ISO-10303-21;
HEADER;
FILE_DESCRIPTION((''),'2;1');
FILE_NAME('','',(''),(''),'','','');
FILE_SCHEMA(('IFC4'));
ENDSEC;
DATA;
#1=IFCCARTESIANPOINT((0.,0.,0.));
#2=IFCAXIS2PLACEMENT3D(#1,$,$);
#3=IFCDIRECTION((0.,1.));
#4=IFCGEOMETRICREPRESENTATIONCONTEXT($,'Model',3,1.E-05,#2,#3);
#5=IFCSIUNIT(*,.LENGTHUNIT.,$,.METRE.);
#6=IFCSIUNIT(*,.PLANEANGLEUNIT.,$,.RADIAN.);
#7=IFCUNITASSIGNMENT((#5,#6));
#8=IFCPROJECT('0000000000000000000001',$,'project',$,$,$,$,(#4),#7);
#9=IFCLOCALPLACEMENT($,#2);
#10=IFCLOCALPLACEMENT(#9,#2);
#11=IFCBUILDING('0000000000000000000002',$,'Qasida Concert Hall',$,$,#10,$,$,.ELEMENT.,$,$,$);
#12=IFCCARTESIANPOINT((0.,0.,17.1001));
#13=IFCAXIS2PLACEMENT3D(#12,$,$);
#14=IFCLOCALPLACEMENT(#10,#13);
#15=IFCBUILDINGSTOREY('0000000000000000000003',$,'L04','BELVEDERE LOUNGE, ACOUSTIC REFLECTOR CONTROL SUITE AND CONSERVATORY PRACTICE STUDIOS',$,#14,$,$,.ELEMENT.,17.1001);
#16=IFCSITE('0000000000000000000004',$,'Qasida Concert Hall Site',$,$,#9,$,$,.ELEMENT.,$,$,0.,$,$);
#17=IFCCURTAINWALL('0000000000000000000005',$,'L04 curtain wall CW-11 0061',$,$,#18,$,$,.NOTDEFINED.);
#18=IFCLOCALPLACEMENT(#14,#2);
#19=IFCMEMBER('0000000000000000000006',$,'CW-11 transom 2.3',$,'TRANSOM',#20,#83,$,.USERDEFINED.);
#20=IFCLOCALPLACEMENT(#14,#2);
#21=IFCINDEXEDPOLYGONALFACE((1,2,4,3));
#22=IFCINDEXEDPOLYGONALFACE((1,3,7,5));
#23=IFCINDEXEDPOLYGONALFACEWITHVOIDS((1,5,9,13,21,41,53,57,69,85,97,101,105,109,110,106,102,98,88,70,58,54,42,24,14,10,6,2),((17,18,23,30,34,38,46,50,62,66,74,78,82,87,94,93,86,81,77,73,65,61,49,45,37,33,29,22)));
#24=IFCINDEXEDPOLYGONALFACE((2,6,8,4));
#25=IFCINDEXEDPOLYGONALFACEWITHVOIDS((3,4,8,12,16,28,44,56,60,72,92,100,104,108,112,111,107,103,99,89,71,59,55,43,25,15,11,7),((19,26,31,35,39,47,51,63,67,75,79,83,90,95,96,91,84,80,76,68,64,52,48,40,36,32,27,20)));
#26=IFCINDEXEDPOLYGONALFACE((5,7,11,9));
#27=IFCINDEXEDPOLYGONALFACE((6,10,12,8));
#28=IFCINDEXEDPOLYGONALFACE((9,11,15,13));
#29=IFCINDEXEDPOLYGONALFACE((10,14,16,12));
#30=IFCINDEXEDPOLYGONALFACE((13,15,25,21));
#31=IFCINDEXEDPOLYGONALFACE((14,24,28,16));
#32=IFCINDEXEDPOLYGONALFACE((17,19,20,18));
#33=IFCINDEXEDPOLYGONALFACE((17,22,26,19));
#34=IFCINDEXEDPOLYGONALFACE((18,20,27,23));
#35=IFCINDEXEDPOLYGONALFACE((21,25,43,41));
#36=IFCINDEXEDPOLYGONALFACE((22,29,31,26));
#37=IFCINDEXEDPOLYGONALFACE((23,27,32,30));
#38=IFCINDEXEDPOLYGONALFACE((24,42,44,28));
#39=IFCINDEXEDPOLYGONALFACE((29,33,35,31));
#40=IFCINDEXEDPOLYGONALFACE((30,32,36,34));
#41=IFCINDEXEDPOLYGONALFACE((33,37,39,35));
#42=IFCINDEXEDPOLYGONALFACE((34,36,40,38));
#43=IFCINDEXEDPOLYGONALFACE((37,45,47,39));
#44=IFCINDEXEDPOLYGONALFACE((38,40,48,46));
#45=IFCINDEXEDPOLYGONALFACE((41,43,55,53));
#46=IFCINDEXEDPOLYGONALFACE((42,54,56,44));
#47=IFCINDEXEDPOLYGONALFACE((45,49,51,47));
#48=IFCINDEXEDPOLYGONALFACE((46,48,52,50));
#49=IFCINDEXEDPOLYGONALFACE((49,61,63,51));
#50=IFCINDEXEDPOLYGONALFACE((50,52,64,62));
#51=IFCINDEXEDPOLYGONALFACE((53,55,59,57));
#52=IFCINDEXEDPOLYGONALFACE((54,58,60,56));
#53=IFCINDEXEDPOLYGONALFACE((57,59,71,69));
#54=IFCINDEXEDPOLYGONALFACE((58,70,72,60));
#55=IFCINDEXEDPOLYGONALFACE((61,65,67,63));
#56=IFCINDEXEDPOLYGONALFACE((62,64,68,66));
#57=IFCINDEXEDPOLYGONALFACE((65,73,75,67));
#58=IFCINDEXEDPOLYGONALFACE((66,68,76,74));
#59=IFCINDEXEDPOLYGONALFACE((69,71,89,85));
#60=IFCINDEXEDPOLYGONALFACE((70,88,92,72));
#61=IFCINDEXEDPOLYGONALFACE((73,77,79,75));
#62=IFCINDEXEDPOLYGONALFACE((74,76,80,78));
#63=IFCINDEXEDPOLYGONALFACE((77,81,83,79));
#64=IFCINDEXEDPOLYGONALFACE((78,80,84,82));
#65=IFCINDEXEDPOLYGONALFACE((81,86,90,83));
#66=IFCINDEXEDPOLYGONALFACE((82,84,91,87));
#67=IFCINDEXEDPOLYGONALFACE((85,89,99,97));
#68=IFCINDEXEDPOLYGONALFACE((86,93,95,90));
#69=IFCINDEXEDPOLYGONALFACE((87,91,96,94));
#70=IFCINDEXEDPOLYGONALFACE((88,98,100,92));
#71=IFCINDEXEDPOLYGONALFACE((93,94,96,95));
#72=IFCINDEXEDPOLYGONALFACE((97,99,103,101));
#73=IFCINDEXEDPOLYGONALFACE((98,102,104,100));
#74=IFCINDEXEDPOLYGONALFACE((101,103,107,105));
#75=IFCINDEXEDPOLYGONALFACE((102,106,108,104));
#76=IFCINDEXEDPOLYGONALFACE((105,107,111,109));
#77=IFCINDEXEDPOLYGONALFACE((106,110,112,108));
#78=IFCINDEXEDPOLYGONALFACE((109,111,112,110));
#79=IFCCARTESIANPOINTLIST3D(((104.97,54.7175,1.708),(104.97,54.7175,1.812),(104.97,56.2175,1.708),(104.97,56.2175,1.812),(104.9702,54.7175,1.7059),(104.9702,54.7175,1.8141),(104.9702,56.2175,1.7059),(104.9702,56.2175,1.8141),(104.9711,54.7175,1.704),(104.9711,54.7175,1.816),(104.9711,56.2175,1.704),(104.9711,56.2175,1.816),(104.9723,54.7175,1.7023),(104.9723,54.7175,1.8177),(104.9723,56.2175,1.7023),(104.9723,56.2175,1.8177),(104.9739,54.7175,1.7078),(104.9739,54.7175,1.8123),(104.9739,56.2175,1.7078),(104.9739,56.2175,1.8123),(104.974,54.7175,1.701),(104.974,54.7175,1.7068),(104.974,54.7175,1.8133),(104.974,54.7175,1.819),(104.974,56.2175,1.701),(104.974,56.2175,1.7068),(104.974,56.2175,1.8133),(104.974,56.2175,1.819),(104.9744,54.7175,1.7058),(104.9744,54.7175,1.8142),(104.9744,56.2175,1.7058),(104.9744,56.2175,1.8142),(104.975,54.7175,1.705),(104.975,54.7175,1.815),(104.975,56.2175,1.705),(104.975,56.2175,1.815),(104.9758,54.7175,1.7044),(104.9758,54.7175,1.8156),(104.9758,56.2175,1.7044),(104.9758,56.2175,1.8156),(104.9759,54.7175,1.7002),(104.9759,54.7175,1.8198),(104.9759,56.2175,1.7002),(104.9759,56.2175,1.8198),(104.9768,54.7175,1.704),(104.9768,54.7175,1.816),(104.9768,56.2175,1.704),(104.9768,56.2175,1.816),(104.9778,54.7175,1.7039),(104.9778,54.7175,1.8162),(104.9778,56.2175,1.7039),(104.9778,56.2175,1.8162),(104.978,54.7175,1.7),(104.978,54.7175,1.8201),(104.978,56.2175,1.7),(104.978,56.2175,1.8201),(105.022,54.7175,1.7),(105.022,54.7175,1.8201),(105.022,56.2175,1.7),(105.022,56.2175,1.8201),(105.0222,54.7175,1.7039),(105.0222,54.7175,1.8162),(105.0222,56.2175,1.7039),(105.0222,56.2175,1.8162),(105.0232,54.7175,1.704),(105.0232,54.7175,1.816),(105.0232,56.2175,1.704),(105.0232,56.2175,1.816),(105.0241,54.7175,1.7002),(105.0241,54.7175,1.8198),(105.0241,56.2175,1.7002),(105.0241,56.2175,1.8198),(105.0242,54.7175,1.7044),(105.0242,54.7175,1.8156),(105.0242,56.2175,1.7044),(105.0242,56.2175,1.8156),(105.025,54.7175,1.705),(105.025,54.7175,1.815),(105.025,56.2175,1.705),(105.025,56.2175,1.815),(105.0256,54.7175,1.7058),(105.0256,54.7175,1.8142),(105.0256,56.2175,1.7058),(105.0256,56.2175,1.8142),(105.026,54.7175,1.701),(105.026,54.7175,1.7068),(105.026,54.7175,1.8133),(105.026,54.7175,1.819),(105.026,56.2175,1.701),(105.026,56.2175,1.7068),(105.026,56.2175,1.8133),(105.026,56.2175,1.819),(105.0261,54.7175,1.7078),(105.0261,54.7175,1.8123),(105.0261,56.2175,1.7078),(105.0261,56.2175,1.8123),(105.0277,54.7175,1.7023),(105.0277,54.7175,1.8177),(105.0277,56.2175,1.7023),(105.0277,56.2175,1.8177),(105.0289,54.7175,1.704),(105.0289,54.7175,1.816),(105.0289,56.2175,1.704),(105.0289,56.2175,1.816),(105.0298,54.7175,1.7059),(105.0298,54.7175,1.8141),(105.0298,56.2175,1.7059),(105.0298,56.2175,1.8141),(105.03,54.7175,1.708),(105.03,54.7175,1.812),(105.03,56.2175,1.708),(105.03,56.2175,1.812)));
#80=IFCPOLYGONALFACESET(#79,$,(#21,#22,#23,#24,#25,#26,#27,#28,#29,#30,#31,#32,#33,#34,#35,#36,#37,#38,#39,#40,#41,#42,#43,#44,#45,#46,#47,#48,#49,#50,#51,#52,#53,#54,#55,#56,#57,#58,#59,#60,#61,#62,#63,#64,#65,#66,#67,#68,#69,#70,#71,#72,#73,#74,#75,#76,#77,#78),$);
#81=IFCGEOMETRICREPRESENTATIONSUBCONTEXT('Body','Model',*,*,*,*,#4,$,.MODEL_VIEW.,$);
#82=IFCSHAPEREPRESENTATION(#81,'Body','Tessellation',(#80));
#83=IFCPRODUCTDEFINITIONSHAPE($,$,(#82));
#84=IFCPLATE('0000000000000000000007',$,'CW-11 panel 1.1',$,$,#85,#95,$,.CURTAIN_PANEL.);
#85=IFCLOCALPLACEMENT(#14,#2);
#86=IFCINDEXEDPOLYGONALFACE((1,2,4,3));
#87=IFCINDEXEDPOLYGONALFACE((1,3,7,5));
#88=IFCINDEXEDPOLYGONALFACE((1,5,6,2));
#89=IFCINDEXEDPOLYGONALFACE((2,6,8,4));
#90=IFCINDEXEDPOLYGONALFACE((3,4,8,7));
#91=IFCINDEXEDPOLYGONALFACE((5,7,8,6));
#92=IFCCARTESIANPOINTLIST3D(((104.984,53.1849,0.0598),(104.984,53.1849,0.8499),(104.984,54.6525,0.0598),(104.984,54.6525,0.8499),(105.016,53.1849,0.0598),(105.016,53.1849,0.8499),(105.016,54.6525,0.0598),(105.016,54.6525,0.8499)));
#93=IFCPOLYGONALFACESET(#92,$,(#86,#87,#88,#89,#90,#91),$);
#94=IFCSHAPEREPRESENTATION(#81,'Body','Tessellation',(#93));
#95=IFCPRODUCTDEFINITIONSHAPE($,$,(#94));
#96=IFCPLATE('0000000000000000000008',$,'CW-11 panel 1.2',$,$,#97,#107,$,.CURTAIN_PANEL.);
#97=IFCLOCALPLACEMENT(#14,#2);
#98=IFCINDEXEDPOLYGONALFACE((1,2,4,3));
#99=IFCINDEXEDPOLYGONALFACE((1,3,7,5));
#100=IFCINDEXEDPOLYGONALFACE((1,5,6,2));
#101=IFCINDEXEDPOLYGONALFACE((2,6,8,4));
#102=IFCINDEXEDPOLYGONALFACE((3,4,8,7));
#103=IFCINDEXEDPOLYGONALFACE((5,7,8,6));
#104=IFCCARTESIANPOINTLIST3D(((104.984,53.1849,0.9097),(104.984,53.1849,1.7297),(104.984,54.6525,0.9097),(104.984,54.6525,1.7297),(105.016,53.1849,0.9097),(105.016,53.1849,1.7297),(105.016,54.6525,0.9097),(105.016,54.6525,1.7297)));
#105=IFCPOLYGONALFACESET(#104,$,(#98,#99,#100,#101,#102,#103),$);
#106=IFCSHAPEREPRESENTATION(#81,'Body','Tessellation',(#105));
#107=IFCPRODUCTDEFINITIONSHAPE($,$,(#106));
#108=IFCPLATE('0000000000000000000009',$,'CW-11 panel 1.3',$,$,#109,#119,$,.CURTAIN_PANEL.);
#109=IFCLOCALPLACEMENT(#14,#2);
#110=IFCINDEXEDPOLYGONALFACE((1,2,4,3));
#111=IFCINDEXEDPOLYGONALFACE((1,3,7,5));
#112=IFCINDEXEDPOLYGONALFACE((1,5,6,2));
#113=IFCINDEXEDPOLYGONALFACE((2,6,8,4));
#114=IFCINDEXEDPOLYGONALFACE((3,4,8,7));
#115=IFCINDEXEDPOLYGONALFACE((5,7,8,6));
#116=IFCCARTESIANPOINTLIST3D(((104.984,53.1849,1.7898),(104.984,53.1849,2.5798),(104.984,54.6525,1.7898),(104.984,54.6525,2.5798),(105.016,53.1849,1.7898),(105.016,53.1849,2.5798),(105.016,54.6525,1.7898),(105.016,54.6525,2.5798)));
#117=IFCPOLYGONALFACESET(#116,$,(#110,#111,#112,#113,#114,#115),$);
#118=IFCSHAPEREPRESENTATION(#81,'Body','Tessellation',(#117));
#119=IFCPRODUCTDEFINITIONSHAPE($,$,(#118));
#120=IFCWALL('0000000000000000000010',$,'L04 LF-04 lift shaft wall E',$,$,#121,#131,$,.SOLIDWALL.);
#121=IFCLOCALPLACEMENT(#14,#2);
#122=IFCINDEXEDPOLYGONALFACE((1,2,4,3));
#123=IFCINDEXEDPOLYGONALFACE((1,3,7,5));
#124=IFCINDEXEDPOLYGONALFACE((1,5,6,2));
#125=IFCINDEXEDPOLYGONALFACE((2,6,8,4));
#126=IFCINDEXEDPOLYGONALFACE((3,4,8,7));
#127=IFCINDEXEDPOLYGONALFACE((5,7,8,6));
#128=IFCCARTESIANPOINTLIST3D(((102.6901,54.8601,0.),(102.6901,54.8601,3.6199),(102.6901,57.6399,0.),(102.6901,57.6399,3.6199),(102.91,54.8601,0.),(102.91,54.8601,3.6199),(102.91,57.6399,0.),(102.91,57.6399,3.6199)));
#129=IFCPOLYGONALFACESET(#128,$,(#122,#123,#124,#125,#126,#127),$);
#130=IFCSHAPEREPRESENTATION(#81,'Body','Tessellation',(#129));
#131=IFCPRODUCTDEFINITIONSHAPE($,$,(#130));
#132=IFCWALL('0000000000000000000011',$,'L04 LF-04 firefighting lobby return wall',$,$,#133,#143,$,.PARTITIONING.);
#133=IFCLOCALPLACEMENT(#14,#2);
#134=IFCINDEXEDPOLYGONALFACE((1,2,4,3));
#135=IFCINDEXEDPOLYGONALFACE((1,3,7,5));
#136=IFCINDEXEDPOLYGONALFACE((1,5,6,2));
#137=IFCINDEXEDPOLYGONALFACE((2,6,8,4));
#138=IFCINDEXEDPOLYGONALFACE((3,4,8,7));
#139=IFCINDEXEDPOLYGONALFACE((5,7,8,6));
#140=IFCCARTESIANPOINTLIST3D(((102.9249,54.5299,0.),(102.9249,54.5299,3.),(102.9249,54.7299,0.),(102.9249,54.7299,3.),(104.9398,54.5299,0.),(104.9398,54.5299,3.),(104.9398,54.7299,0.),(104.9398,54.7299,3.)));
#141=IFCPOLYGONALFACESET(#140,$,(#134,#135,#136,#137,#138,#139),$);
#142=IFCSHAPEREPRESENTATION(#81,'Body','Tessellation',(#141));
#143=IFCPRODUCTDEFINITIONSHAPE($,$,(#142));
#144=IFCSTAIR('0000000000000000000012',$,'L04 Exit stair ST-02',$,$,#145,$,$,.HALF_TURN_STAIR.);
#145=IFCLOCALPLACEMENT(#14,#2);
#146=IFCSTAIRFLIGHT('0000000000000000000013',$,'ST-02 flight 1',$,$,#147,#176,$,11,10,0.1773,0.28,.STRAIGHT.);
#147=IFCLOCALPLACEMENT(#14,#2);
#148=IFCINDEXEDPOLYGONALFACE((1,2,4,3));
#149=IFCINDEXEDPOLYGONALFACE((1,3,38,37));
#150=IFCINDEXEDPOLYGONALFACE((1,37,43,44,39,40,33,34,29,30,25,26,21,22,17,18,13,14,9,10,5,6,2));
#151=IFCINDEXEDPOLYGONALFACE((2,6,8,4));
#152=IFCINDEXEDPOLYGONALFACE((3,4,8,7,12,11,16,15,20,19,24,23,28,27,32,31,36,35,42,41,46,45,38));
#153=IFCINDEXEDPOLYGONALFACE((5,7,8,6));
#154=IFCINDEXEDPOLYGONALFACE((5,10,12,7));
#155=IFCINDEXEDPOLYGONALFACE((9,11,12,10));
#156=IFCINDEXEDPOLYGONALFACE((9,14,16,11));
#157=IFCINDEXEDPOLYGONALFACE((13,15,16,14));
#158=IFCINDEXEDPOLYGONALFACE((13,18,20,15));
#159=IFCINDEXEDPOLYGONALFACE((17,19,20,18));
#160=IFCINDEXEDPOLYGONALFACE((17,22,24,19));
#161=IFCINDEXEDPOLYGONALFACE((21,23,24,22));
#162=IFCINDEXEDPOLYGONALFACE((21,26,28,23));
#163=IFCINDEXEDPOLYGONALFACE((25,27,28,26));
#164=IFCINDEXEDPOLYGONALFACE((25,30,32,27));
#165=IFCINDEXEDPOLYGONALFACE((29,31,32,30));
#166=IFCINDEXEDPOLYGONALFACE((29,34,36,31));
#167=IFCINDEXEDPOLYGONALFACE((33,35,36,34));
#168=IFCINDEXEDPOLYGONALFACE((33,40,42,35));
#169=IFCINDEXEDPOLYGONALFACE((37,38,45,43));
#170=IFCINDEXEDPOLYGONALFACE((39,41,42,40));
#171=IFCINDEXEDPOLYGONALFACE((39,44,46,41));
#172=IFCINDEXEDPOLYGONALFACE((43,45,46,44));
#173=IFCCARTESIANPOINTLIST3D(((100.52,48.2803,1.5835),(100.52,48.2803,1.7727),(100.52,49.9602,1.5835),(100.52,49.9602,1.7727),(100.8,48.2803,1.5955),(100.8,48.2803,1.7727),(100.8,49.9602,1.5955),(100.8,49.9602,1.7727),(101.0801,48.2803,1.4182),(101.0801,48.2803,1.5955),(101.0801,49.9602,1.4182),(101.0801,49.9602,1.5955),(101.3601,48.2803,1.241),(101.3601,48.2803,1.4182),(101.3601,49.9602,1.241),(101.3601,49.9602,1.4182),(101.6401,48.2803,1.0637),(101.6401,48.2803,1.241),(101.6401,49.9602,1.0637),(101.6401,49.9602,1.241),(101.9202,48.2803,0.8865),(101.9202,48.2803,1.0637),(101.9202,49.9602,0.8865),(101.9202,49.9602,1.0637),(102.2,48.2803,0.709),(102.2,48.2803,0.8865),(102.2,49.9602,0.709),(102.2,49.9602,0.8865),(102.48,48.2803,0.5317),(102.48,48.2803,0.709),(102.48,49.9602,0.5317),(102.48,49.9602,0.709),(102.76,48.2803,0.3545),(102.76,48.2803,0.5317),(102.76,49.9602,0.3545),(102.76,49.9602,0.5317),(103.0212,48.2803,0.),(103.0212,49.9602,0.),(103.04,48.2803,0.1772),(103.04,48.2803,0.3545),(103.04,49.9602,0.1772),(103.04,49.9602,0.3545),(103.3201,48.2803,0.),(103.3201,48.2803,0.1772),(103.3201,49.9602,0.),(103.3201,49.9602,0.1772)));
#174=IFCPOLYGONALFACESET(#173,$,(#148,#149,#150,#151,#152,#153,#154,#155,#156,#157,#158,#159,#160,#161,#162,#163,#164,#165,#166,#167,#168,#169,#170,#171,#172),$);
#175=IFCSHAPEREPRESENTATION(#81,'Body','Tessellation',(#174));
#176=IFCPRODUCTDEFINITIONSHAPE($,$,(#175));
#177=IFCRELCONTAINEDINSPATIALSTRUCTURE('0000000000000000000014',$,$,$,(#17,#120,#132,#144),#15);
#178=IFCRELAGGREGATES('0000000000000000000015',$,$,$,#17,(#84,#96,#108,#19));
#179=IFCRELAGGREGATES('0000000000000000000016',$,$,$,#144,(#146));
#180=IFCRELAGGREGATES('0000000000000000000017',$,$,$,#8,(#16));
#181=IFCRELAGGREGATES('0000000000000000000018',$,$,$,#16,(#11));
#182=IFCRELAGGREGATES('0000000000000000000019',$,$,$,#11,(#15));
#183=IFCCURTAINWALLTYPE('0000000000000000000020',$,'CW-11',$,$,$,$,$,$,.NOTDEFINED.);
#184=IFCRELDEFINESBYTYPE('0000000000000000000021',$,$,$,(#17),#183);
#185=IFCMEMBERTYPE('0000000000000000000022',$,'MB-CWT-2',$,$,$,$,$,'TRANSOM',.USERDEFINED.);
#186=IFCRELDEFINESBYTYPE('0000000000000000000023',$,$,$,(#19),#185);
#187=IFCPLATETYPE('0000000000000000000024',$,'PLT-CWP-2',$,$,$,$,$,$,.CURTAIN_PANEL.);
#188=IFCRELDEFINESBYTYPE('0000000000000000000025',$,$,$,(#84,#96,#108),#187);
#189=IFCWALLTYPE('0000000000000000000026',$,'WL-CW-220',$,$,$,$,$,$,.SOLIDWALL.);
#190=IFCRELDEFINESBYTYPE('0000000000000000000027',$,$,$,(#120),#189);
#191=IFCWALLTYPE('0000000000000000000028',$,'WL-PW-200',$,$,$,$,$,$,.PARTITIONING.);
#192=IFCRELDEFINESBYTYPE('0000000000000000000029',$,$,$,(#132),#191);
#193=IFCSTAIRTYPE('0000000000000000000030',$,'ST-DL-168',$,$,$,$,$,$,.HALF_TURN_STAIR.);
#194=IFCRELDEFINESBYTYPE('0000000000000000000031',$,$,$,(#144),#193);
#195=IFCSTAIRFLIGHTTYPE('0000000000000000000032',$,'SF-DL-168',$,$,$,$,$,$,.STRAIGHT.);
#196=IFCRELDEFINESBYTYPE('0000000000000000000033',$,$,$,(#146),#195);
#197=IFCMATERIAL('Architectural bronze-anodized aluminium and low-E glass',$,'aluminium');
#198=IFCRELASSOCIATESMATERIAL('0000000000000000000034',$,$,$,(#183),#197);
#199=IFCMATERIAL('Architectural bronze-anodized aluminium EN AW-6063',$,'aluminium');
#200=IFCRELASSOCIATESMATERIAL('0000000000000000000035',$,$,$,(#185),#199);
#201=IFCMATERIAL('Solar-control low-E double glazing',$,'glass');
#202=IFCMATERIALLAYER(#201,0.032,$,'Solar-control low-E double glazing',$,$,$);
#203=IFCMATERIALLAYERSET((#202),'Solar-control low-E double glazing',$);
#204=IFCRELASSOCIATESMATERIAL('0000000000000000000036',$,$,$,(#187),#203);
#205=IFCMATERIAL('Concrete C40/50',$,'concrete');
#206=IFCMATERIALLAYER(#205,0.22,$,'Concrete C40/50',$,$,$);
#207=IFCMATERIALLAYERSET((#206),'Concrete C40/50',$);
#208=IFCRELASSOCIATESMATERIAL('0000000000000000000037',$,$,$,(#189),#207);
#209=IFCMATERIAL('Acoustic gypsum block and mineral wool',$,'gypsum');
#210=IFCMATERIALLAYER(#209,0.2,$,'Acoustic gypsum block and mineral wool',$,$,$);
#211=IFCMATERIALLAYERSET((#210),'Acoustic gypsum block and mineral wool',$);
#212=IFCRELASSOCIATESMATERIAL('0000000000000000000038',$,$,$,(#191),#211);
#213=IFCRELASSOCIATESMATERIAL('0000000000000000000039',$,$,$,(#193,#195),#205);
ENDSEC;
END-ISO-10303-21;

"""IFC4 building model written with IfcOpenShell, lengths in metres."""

from ifc_helpers import new_model, si_unit, direction, frame, frame_2d, origin, origin_2d, place, context, subcontext, project, spatial, polyline, rectangle, hollow_rectangle, outline, extrude, material, layer, layer_set, material_profile, profile_set, type_object, element, aggregate, save


model = new_model("IFC4")

# Units and contexts
model_context = context("Model", 3, precision=1e-05, world=origin(), true_north=direction((0.0, 1.0)))
body_context = subcontext(model_context, "Body", "Model", "MODEL_VIEW")
ifc_project = project(units=[si_unit("LENGTHUNIT", "METRE"), si_unit("PLANEANGLEUNIT", "RADIAN")], contexts=[model_context])

# Site, building, storey
site_placement = place(None, origin())
site = spatial("IfcSite", under=ifc_project, at=site_placement, Name="Qasida Concert Hall Site", CompositionType="ELEMENT", RefElevation=0.0)
building_placement = place(site_placement, origin())
building = spatial("IfcBuilding", under=site, at=building_placement, Name="Qasida Concert Hall", CompositionType="ELEMENT")
storey_placement = place(building_placement, frame((0.0, 0.0, 17.1001)))
storey = spatial("IfcBuildingStorey", under=building, at=storey_placement, Name="L04", Description="BELVEDERE LOUNGE, ACOUSTIC REFLECTOR CONTROL SUITE AND CONSERVATORY PRACTICE STUDIOS", CompositionType="ELEMENT", Elevation=17.1001)

# Curtain wall, member, plates
ifc_material_1 = material(Name="Architectural bronze-anodized aluminium and low-E glass", Category="aluminium")
curtain_wall_type = type_object("IfcCurtainWallType", Name="CW-11", PredefinedType="NOTDEFINED", material=ifc_material_1)
curtain_wall_placement = place(storey_placement, origin())
curtain_wall = element("IfcCurtainWall", 1, at=curtain_wall_placement, inside=storey, type_object=curtain_wall_type, Name="L04 curtain wall CW-11 0061", PredefinedType="NOTDEFINED")
ifc_material_2 = material(Name="Architectural bronze-anodized aluminium EN AW-6063", Category="aluminium")
ifc_material_profile_1 = material_profile(ifc_material_2, hollow_rectangle(XDim=0.0601, YDim=0.1201, WallThickness=0.0039, InnerFilletRadius=0.0039, OuterFilletRadius=0.0081, at=origin_2d()), Name="CWT 120x60x4")
ifc_profile_set_1 = profile_set([ifc_material_profile_1], Name="Architectural bronze-anodized aluminium EN AW-6063")
member_type_1 = type_object("IfcMemberType", Name="MB-CWT-2", ElementType="TRANSOM", PredefinedType="USERDEFINED", material=ifc_profile_set_1)
member_1_placement = place(storey_placement, frame((105.0, 54.7175, 1.76), z_axis=(0.0, 1.0, 0.0), x_axis=(-1.0, 0.0, 0.0)))
member_1 = element("IfcMember", 2, at=member_1_placement, type_object=member_type_1, Name="CW-11 transom 2.3", ObjectType="TRANSOM", PredefinedType="USERDEFINED", context=body_context, shape_type="SweptSolid", body=[
    extrude(hollow_rectangle(XDim=0.0601, YDim=0.1201, WallThickness=0.0039, InnerFilletRadius=0.0039, OuterFilletRadius=0.0081, at=origin_2d()), origin(), (0.0, 0.0, 1.0), 1.5),
])
ifc_material_3 = material(Name="Solar-control low-E double glazing", Category="glass")
ifc_layer_1 = layer(ifc_material_3, 0.032, Name="Solar-control low-E double glazing")
ifc_layer_set_1 = layer_set([ifc_layer_1], Name="Solar-control low-E double glazing")
plate_type = type_object("IfcPlateType", Name="PLT-CWP-2", PredefinedType="CURTAIN_PANEL", material=ifc_layer_set_1)
plate_1_placement = place(storey_placement, frame((105.0, 53.9187, 0.0598), z_axis=(0.0, 0.0, 1.0), x_axis=(0.0, 1.0, 0.0)))
plate_1 = element("IfcPlate", 3, at=plate_1_placement, type_object=plate_type, Name="CW-11 panel 1.1", PredefinedType="CURTAIN_PANEL", context=body_context, shape_type="SweptSolid", body=[
    extrude(rectangle(XDim=1.4675, YDim=0.032, at=origin_2d()), origin(), (0.0, 0.0, 1.0), 0.79),
])
plate_2_placement = place(storey_placement, frame((105.0, 53.9187, 0.9097), z_axis=(0.0, 0.0, 1.0), x_axis=(0.0, 1.0, 0.0)))
plate_2 = element("IfcPlate", 4, at=plate_2_placement, type_object=plate_type, Name="CW-11 panel 1.2", PredefinedType="CURTAIN_PANEL", context=body_context, shape_type="SweptSolid", body=[
    extrude(rectangle(XDim=1.4675, YDim=0.032, at=origin_2d()), origin(), (0.0, 0.0, 1.0), 0.8201),
])
plate_3_placement = place(storey_placement, frame((105.0, 53.9187, 1.7898), z_axis=(0.0, 0.0, 1.0), x_axis=(0.0, 1.0, 0.0)))
plate_3 = element("IfcPlate", 5, at=plate_3_placement, type_object=plate_type, Name="CW-11 panel 1.3", PredefinedType="CURTAIN_PANEL", context=body_context, shape_type="SweptSolid", body=[
    extrude(rectangle(XDim=1.4675, YDim=0.032, at=origin_2d()), origin(), (0.0, 0.0, 1.0), 0.79),
])
aggregate(curtain_wall, [plate_1, plate_2, plate_3, member_1])

# Walls
ifc_material_4 = material(Name="Concrete C40/50", Category="concrete")
ifc_layer_2 = layer(ifc_material_4, 0.22, Name="Concrete C40/50")
ifc_layer_set_2 = layer_set([ifc_layer_2], Name="Concrete C40/50")
wall_type_1 = type_object("IfcWallType", Name="WL-CW-220", PredefinedType="SOLIDWALL", material=ifc_layer_set_2)
wall_1_placement = place(storey_placement, frame((102.8, 54.8601, 0.0), z_axis=(0.0, 0.0, 1.0), x_axis=(0.0, 1.0, 0.0)))
element("IfcWall", 6, at=wall_1_placement, inside=storey, type_object=wall_type_1, Name="L04 LF-04 lift shaft wall E", PredefinedType="SOLIDWALL", context=body_context, shape_type="SweptSolid", body=[
    extrude(rectangle(XDim=2.7798, YDim=0.22, at=frame_2d((1.3899, 0.0))), origin(), (0.0, 0.0, 1.0), 3.6199),
])
ifc_material_5 = material(Name="Acoustic gypsum block and mineral wool", Category="gypsum")
ifc_layer_3 = layer(ifc_material_5, 0.2, Name="Acoustic gypsum block and mineral wool")
ifc_layer_set_3 = layer_set([ifc_layer_3], Name="Acoustic gypsum block and mineral wool")
wall_type_2 = type_object("IfcWallType", Name="WL-PW-200", PredefinedType="PARTITIONING", material=ifc_layer_set_3)
wall_2_placement = place(storey_placement, frame((102.925, 54.6299, 0.0), z_axis=(0.0, 0.0, 1.0), x_axis=(1.0, 0.0, 0.0)))
element("IfcWall", 7, at=wall_2_placement, inside=storey, type_object=wall_type_2, Name="L04 LF-04 firefighting lobby return wall", PredefinedType="PARTITIONING", context=body_context, shape_type="SweptSolid", body=[
    extrude(rectangle(XDim=2.0149, YDim=0.2, at=frame_2d((1.0073, 0.0))), origin(), (0.0, 0.0, 1.0), 3.0),
])

# Stair, stair flight
stair_type = type_object("IfcStairType", Name="ST-DL-168", PredefinedType="HALF_TURN_STAIR", material=ifc_material_4)
stair_placement = place(storey_placement, origin())
stair = element("IfcStair", 8, at=stair_placement, inside=storey, type_object=stair_type, Name="L04 Exit stair ST-02", PredefinedType="HALF_TURN_STAIR")
stair_flight_type = type_object("IfcStairFlightType", Name="SF-DL-168", PredefinedType="STRAIGHT", material=ifc_material_4)
stair_flight_placement = place(storey_placement, frame((103.3201, 49.1201, 0.0), z_axis=(0.0, 0.0, 1.0), x_axis=(-1.0, 0.0, 0.0)))
stair_flight = element("IfcStairFlight", 9, at=stair_flight_placement, type_object=stair_flight_type, Name="ST-02 flight 1", NumberOfRisers=11, NumberOfTreads=10, PredefinedType="STRAIGHT", RiserHeight=0.1773, TreadLength=0.28, context=body_context, shape_type="SweptSolid", body=[
    extrude(outline(polyline([(0.0, 0.0), (0.0, 0.1772), (0.28, 0.1772), (0.28, 0.3545), (0.5601, 0.3545), (0.5601, 0.5317), (0.8401, 0.5317), (0.8401, 0.709), (1.1201, 0.709), (1.1201, 0.8865), (1.3999, 0.8865), (1.3999, 1.0637), (1.6799, 1.0637), (1.6799, 1.241), (1.96, 1.241), (1.96, 1.4182), (2.24, 1.4182), (2.24, 1.5955), (2.52, 1.5955), (2.52, 1.7727), (2.8, 1.7727), (2.8, 1.95), (2.8, 1.5835), (0.2988, 0.0), (0.0, 0.0)])), frame((0.0, 0.8398, 0.0), z_axis=(0.0, -1.0, 0.0), x_axis=(1.0, 0.0, 0.0)), (0.0, 0.0, 1.0), 1.6799),
])
aggregate(stair, [stair_flight])

save(model, "model.ifc")
